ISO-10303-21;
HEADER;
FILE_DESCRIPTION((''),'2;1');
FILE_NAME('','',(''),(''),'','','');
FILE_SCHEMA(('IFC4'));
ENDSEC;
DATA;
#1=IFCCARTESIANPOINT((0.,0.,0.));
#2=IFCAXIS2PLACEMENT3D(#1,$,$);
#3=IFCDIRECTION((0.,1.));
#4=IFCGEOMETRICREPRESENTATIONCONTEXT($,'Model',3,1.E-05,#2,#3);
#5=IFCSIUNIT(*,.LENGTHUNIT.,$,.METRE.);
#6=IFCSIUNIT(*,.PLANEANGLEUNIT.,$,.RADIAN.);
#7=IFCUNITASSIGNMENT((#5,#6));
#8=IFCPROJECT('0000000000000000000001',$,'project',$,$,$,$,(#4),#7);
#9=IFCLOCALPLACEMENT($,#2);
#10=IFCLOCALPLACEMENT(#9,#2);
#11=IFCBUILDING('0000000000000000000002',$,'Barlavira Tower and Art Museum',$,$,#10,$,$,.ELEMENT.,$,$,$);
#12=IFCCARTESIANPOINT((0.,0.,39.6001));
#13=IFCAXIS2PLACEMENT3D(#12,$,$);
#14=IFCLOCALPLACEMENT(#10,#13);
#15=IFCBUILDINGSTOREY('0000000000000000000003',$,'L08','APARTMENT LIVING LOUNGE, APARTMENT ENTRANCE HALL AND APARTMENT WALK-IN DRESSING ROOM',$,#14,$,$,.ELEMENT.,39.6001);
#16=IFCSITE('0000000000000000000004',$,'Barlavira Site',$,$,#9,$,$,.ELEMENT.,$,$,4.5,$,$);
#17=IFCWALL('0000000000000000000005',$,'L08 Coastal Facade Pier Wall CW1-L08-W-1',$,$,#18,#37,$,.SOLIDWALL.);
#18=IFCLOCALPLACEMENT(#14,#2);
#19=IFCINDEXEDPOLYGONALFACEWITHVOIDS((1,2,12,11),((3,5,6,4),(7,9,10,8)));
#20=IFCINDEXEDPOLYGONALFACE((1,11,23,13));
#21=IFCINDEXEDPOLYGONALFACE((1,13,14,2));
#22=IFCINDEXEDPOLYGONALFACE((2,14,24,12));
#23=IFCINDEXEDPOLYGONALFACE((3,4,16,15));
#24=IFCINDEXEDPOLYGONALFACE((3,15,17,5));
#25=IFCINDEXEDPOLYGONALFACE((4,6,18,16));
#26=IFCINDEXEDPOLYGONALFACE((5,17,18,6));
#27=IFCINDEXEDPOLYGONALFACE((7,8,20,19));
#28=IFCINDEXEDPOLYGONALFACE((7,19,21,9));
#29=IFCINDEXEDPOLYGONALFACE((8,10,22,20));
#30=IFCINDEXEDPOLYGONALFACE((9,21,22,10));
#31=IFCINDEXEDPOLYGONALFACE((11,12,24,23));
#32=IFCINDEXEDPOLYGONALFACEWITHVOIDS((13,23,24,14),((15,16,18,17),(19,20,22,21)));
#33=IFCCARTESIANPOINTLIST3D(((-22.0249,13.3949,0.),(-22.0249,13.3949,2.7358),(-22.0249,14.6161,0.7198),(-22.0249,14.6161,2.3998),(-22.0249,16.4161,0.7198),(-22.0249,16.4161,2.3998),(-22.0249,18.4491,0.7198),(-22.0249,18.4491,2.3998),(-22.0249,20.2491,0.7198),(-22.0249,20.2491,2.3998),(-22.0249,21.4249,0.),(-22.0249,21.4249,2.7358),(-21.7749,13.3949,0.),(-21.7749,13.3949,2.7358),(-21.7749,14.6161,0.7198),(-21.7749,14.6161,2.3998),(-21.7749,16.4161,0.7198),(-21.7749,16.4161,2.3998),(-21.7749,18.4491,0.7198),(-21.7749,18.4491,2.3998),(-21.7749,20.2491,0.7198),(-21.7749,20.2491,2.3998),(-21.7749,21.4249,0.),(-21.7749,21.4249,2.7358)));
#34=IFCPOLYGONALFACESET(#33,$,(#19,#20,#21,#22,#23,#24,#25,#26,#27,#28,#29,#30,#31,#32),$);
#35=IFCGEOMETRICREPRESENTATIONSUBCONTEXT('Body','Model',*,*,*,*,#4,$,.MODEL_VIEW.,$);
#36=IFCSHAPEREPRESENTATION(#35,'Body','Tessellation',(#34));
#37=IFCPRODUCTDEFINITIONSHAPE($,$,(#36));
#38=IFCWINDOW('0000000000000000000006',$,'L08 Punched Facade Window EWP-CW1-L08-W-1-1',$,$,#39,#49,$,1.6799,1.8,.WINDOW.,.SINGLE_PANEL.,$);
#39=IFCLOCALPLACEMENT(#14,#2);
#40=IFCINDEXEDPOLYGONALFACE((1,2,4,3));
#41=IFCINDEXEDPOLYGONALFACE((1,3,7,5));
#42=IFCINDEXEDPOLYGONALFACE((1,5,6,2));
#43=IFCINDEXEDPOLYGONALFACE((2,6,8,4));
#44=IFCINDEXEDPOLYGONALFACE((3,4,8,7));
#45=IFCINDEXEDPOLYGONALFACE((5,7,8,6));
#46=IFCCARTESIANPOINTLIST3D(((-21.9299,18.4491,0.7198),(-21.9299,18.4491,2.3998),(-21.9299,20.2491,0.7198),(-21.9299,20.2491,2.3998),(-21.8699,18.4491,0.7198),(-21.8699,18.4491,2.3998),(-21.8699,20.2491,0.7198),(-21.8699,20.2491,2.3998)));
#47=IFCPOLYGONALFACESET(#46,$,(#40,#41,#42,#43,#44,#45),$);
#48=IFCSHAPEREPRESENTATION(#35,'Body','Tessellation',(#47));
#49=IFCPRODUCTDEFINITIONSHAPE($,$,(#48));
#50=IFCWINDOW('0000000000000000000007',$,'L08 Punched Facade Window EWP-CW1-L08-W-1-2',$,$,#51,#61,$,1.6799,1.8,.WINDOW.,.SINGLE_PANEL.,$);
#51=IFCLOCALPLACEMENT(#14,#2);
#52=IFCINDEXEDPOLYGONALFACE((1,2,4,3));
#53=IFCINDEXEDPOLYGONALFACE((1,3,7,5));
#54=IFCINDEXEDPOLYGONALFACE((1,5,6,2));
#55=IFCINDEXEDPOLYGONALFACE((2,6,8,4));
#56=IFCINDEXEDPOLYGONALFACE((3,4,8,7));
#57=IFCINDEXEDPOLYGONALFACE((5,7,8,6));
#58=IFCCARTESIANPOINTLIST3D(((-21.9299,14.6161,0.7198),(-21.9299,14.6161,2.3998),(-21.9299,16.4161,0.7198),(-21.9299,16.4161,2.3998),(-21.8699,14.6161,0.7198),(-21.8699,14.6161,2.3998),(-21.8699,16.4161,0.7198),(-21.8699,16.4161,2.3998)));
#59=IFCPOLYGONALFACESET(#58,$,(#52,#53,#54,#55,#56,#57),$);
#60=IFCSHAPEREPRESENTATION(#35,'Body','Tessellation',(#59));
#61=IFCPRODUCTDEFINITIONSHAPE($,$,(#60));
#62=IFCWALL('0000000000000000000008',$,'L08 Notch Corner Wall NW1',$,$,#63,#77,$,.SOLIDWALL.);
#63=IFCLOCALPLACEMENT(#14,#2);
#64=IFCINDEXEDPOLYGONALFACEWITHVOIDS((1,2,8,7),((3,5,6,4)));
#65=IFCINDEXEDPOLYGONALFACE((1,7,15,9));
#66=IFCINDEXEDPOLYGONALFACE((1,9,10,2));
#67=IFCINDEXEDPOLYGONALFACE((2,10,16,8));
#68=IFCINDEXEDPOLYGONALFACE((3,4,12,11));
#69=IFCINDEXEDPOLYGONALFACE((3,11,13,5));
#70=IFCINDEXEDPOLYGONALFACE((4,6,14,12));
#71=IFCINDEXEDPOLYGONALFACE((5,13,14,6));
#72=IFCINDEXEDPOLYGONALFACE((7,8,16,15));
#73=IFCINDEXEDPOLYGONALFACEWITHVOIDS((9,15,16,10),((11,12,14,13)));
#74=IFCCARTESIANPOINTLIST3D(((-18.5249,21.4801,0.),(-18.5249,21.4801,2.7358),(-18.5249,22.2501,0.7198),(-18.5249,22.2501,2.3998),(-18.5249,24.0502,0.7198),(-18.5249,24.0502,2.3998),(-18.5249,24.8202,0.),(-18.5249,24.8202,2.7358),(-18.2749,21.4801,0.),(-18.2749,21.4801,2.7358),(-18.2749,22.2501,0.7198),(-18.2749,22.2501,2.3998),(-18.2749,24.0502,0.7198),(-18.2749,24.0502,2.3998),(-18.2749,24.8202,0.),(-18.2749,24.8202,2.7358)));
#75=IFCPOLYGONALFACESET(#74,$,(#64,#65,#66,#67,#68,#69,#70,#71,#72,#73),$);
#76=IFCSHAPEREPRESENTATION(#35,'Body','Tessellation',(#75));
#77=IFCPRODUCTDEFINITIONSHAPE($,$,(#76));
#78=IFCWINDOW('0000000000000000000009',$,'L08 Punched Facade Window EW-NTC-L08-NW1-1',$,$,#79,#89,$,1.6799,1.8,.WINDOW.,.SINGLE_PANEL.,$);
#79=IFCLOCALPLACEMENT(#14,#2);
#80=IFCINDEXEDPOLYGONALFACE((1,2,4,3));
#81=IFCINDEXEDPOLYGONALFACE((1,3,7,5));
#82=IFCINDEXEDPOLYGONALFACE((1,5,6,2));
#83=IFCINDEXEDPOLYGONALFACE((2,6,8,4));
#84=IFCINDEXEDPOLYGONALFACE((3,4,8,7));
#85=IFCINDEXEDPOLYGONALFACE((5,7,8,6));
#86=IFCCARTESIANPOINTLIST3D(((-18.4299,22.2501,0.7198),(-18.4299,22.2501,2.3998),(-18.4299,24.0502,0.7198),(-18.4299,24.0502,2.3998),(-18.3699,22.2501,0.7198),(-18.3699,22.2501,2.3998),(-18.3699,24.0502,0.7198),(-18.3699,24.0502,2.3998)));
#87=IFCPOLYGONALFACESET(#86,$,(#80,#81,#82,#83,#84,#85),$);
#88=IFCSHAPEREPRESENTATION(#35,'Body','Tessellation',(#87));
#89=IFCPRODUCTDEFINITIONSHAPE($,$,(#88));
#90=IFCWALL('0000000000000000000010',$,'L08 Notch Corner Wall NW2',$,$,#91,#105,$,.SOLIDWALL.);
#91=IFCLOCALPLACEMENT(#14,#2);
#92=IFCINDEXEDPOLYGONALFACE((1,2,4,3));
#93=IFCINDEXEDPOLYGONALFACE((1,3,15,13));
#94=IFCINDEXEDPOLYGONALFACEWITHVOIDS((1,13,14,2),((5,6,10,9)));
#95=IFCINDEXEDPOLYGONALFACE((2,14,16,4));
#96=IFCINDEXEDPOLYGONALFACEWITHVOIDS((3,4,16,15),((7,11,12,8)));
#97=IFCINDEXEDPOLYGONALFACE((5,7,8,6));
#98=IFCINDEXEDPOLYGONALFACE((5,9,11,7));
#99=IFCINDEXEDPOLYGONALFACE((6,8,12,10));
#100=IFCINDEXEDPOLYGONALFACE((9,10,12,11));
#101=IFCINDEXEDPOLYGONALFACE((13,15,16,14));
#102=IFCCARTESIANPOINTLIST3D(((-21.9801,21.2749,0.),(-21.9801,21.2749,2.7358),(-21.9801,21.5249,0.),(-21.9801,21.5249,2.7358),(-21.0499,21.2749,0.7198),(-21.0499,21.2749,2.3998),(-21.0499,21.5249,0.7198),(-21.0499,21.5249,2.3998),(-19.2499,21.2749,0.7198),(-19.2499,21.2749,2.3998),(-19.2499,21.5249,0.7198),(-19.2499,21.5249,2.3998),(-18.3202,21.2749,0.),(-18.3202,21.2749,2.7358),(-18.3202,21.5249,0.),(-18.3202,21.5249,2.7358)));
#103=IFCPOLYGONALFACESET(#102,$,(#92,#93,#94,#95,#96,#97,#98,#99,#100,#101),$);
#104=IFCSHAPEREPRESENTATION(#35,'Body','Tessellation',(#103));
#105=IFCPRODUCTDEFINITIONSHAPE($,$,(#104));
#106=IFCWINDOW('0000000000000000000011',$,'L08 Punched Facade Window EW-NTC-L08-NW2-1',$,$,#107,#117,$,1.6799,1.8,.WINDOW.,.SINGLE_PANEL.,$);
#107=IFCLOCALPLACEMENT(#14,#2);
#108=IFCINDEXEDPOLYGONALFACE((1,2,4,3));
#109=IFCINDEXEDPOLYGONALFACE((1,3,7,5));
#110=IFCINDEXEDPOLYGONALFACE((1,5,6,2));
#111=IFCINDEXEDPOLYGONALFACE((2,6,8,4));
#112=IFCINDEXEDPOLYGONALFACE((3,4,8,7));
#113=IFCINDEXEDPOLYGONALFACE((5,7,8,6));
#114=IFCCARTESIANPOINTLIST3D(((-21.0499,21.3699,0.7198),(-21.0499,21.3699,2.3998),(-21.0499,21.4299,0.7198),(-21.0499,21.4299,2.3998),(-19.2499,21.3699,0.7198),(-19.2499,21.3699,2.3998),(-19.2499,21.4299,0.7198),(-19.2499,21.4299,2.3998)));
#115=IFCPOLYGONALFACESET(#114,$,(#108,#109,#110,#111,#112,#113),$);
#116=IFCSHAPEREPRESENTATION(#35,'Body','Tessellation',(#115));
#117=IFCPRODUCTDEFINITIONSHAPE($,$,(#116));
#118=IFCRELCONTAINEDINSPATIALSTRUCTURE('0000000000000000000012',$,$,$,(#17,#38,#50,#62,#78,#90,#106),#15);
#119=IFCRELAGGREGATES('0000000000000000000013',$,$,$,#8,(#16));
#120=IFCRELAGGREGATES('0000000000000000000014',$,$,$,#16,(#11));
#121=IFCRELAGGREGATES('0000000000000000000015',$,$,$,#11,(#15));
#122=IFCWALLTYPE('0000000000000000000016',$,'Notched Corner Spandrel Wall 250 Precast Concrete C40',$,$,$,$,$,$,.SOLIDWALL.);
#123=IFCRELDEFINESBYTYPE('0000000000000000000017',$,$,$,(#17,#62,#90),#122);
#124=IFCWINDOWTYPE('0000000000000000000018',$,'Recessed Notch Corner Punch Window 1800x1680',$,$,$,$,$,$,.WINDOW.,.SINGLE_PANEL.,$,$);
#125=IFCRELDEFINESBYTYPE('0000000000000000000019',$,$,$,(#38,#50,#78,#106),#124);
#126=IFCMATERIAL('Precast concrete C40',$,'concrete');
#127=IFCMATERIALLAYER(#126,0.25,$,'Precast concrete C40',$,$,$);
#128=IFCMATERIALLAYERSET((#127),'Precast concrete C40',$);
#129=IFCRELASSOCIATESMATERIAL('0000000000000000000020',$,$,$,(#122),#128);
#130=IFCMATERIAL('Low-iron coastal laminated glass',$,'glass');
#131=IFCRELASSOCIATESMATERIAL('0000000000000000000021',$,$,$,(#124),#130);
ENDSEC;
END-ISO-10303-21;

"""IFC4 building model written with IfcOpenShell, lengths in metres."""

from ifc_helpers import new_model, si_unit, direction, frame, frame_2d, origin, place, context, subcontext, project, spatial, rectangle, extrude, material, layer, layer_set, type_object, element, fill, save


model = new_model("IFC4")

# Units and contexts
model_context = context("Model", 3, precision=1e-05, world=origin(), true_north=direction((0.0, 1.0)))
body_context = subcontext(model_context, "Body", "Model", "MODEL_VIEW")
ifc_project = project(units=[si_unit("LENGTHUNIT", "METRE"), si_unit("PLANEANGLEUNIT", "RADIAN")], contexts=[model_context])

# Site, building, storey
site_placement = place(None, origin())
site = spatial("IfcSite", under=ifc_project, at=site_placement, Name="Barlavira Site", CompositionType="ELEMENT", RefElevation=4.5)
building_placement = place(site_placement, origin())
building = spatial("IfcBuilding", under=site, at=building_placement, Name="Barlavira Tower and Art Museum", CompositionType="ELEMENT")
storey_placement = place(building_placement, frame((0.0, 0.0, 39.6001)))
storey = spatial("IfcBuildingStorey", under=building, at=storey_placement, Name="L08", Description="APARTMENT LIVING LOUNGE, APARTMENT ENTRANCE HALL AND APARTMENT WALK-IN DRESSING ROOM", CompositionType="ELEMENT", Elevation=39.6001)

# Wall, openings, windows
ifc_material_1 = material(Name="Precast concrete C40", Category="concrete")
ifc_layer_1 = layer(ifc_material_1, 0.25, Name="Precast concrete C40")
ifc_layer_set_1 = layer_set([ifc_layer_1], Name="Precast concrete C40")
wall_type = type_object("IfcWallType", Name="Notched Corner Spandrel Wall 250 Precast Concrete C40", PredefinedType="SOLIDWALL", material=ifc_layer_set_1)
ifc_material_2 = material(Name="Low-iron coastal laminated glass", Category="glass")
window_type = type_object("IfcWindowType", Name="Recessed Notch Corner Punch Window 1800x1680", PartitioningType="SINGLE_PANEL", PredefinedType="WINDOW", material=ifc_material_2)
wall_1_placement = place(storey_placement, frame((-21.8999, 21.425, 0.0), z_axis=(0.0, 0.0, 1.0), x_axis=(0.0, -1.0, 0.0)))
wall_1 = element("IfcWall", 1, at=wall_1_placement, inside=storey, type_object=wall_type, Name="L08 Coastal Facade Pier Wall CW1-L08-W-1", PredefinedType="SOLIDWALL", context=body_context, shape_type="SweptSolid", body=[
    extrude(rectangle(XDim=8.03, YDim=0.25, at=frame_2d((4.0151, 0.0))), origin(), (0.0, 0.0, 1.0), 2.7358),
])
opening_1_placement = place(wall_1_placement, frame((1.176, 0.0, 0.72)))
opening_1 = element("IfcOpeningElement", 2, at=opening_1_placement, cuts=wall_1, PredefinedType="OPENING", context=body_context, shape_type="SweptSolid", body=[
    extrude(rectangle(XDim=1.8, YDim=1.6799, at=frame_2d((0.8999, 0.8398))), frame((0.0, 0.135, 0.0), z_axis=(0.0, -1.0, 0.0), x_axis=(1.0, 0.0, 0.0)), (0.0, 0.0, 1.0), 0.27),
])
opening_2_placement = place(wall_1_placement, frame((5.009, 0.0, 0.72)))
opening_2 = element("IfcOpeningElement", 3, at=opening_2_placement, cuts=wall_1, PredefinedType="OPENING", context=body_context, shape_type="SweptSolid", body=[
    extrude(rectangle(XDim=1.8, YDim=1.6799, at=frame_2d((0.8999, 0.8398))), frame((0.0, 0.135, 0.0), z_axis=(0.0, -1.0, 0.0), x_axis=(1.0, 0.0, 0.0)), (0.0, 0.0, 1.0), 0.27),
])
window_1_placement = place(opening_1_placement, origin())
window_1 = element("IfcWindow", 4, at=window_1_placement, inside=storey, type_object=window_type, Name="L08 Punched Facade Window EWP-CW1-L08-W-1-1", OverallHeight=1.6799, OverallWidth=1.8, PartitioningType="SINGLE_PANEL", PredefinedType="WINDOW", context=body_context, shape_type="SweptSolid", body=[
    extrude(rectangle(XDim=1.8, YDim=1.6799, at=frame_2d((0.8999, 0.8398))), frame((0.0, 0.03, 0.0), z_axis=(0.0, -1.0, 0.0), x_axis=(1.0, 0.0, 0.0)), (0.0, 0.0, 1.0), 0.0601),
])
fill(opening_1, window_1)
window_2_placement = place(opening_2_placement, origin())
window_2 = element("IfcWindow", 5, at=window_2_placement, inside=storey, type_object=window_type, Name="L08 Punched Facade Window EWP-CW1-L08-W-1-2", OverallHeight=1.6799, OverallWidth=1.8, PartitioningType="SINGLE_PANEL", PredefinedType="WINDOW", context=body_context, shape_type="SweptSolid", body=[
    extrude(rectangle(XDim=1.8, YDim=1.6799, at=frame_2d((0.8999, 0.8398))), frame((0.0, 0.03, 0.0), z_axis=(0.0, -1.0, 0.0), x_axis=(1.0, 0.0, 0.0)), (0.0, 0.0, 1.0), 0.0601),
])
fill(opening_2, window_2)

# Walls, openings, windows
wall_2_placement = place(storey_placement, frame((-18.3999, 24.8201, 0.0), z_axis=(0.0, 0.0, 1.0), x_axis=(0.0, -1.0, 0.0)))
wall_2 = element("IfcWall", 6, at=wall_2_placement, inside=storey, type_object=wall_type, Name="L08 Notch Corner Wall NW1", PredefinedType="SOLIDWALL", context=body_context, shape_type="SweptSolid", body=[
    extrude(rectangle(XDim=3.3401, YDim=0.25, at=frame_2d((1.6699, 0.0))), origin(), (0.0, 0.0, 1.0), 2.7358),
])
opening_3_placement = place(wall_2_placement, frame((0.77, 0.0, 0.72)))
opening_3 = element("IfcOpeningElement", 7, at=opening_3_placement, cuts=wall_2, PredefinedType="OPENING", context=body_context, shape_type="SweptSolid", body=[
    extrude(rectangle(XDim=1.8, YDim=1.6799, at=frame_2d((0.8999, 0.8398))), frame((0.0, 0.135, 0.0), z_axis=(0.0, -1.0, 0.0), x_axis=(1.0, 0.0, 0.0)), (0.0, 0.0, 1.0), 0.27),
])
window_3_placement = place(opening_3_placement, origin())
window_3 = element("IfcWindow", 8, at=window_3_placement, inside=storey, type_object=window_type, Name="L08 Punched Facade Window EW-NTC-L08-NW1-1", OverallHeight=1.6799, OverallWidth=1.8, PartitioningType="SINGLE_PANEL", PredefinedType="WINDOW", context=body_context, shape_type="SweptSolid", body=[
    extrude(rectangle(XDim=1.8, YDim=1.6799, at=frame_2d((0.8999, 0.8398))), frame((0.0, 0.03, 0.0), z_axis=(0.0, -1.0, 0.0), x_axis=(1.0, 0.0, 0.0)), (0.0, 0.0, 1.0), 0.0601),
])
fill(opening_3, window_3)
wall_3_placement = place(storey_placement, frame((-18.3201, 21.3999, 0.0), z_axis=(0.0, 0.0, 1.0), x_axis=(-1.0, 0.0, 0.0)))
wall_3 = element("IfcWall", 9, at=wall_3_placement, inside=storey, type_object=wall_type, Name="L08 Notch Corner Wall NW2", PredefinedType="SOLIDWALL", context=body_context, shape_type="SweptSolid", body=[
    extrude(rectangle(XDim=3.6599, YDim=0.25, at=frame_2d((1.8301, 0.0))), origin(), (0.0, 0.0, 1.0), 2.7358),
])
opening_4_placement = place(wall_3_placement, frame((0.9299, 0.0, 0.72)))
opening_4 = element("IfcOpeningElement", 10, at=opening_4_placement, cuts=wall_3, PredefinedType="OPENING", context=body_context, shape_type="SweptSolid", body=[
    extrude(rectangle(XDim=1.8, YDim=1.6799, at=frame_2d((0.8999, 0.8398))), frame((0.0, 0.135, 0.0), z_axis=(0.0, -1.0, 0.0), x_axis=(1.0, 0.0, 0.0)), (0.0, 0.0, 1.0), 0.27),
])
window_4_placement = place(opening_4_placement, origin())
window_4 = element("IfcWindow", 11, at=window_4_placement, inside=storey, type_object=window_type, Name="L08 Punched Facade Window EW-NTC-L08-NW2-1", OverallHeight=1.6799, OverallWidth=1.8, PartitioningType="SINGLE_PANEL", PredefinedType="WINDOW", context=body_context, shape_type="SweptSolid", body=[
    extrude(rectangle(XDim=1.8, YDim=1.6799, at=frame_2d((0.8999, 0.8398))), frame((0.0, 0.03, 0.0), z_axis=(0.0, -1.0, 0.0), x_axis=(1.0, 0.0, 0.0)), (0.0, 0.0, 1.0), 0.0601),
])
fill(opening_4, window_4)

save(model, "model.ifc")
